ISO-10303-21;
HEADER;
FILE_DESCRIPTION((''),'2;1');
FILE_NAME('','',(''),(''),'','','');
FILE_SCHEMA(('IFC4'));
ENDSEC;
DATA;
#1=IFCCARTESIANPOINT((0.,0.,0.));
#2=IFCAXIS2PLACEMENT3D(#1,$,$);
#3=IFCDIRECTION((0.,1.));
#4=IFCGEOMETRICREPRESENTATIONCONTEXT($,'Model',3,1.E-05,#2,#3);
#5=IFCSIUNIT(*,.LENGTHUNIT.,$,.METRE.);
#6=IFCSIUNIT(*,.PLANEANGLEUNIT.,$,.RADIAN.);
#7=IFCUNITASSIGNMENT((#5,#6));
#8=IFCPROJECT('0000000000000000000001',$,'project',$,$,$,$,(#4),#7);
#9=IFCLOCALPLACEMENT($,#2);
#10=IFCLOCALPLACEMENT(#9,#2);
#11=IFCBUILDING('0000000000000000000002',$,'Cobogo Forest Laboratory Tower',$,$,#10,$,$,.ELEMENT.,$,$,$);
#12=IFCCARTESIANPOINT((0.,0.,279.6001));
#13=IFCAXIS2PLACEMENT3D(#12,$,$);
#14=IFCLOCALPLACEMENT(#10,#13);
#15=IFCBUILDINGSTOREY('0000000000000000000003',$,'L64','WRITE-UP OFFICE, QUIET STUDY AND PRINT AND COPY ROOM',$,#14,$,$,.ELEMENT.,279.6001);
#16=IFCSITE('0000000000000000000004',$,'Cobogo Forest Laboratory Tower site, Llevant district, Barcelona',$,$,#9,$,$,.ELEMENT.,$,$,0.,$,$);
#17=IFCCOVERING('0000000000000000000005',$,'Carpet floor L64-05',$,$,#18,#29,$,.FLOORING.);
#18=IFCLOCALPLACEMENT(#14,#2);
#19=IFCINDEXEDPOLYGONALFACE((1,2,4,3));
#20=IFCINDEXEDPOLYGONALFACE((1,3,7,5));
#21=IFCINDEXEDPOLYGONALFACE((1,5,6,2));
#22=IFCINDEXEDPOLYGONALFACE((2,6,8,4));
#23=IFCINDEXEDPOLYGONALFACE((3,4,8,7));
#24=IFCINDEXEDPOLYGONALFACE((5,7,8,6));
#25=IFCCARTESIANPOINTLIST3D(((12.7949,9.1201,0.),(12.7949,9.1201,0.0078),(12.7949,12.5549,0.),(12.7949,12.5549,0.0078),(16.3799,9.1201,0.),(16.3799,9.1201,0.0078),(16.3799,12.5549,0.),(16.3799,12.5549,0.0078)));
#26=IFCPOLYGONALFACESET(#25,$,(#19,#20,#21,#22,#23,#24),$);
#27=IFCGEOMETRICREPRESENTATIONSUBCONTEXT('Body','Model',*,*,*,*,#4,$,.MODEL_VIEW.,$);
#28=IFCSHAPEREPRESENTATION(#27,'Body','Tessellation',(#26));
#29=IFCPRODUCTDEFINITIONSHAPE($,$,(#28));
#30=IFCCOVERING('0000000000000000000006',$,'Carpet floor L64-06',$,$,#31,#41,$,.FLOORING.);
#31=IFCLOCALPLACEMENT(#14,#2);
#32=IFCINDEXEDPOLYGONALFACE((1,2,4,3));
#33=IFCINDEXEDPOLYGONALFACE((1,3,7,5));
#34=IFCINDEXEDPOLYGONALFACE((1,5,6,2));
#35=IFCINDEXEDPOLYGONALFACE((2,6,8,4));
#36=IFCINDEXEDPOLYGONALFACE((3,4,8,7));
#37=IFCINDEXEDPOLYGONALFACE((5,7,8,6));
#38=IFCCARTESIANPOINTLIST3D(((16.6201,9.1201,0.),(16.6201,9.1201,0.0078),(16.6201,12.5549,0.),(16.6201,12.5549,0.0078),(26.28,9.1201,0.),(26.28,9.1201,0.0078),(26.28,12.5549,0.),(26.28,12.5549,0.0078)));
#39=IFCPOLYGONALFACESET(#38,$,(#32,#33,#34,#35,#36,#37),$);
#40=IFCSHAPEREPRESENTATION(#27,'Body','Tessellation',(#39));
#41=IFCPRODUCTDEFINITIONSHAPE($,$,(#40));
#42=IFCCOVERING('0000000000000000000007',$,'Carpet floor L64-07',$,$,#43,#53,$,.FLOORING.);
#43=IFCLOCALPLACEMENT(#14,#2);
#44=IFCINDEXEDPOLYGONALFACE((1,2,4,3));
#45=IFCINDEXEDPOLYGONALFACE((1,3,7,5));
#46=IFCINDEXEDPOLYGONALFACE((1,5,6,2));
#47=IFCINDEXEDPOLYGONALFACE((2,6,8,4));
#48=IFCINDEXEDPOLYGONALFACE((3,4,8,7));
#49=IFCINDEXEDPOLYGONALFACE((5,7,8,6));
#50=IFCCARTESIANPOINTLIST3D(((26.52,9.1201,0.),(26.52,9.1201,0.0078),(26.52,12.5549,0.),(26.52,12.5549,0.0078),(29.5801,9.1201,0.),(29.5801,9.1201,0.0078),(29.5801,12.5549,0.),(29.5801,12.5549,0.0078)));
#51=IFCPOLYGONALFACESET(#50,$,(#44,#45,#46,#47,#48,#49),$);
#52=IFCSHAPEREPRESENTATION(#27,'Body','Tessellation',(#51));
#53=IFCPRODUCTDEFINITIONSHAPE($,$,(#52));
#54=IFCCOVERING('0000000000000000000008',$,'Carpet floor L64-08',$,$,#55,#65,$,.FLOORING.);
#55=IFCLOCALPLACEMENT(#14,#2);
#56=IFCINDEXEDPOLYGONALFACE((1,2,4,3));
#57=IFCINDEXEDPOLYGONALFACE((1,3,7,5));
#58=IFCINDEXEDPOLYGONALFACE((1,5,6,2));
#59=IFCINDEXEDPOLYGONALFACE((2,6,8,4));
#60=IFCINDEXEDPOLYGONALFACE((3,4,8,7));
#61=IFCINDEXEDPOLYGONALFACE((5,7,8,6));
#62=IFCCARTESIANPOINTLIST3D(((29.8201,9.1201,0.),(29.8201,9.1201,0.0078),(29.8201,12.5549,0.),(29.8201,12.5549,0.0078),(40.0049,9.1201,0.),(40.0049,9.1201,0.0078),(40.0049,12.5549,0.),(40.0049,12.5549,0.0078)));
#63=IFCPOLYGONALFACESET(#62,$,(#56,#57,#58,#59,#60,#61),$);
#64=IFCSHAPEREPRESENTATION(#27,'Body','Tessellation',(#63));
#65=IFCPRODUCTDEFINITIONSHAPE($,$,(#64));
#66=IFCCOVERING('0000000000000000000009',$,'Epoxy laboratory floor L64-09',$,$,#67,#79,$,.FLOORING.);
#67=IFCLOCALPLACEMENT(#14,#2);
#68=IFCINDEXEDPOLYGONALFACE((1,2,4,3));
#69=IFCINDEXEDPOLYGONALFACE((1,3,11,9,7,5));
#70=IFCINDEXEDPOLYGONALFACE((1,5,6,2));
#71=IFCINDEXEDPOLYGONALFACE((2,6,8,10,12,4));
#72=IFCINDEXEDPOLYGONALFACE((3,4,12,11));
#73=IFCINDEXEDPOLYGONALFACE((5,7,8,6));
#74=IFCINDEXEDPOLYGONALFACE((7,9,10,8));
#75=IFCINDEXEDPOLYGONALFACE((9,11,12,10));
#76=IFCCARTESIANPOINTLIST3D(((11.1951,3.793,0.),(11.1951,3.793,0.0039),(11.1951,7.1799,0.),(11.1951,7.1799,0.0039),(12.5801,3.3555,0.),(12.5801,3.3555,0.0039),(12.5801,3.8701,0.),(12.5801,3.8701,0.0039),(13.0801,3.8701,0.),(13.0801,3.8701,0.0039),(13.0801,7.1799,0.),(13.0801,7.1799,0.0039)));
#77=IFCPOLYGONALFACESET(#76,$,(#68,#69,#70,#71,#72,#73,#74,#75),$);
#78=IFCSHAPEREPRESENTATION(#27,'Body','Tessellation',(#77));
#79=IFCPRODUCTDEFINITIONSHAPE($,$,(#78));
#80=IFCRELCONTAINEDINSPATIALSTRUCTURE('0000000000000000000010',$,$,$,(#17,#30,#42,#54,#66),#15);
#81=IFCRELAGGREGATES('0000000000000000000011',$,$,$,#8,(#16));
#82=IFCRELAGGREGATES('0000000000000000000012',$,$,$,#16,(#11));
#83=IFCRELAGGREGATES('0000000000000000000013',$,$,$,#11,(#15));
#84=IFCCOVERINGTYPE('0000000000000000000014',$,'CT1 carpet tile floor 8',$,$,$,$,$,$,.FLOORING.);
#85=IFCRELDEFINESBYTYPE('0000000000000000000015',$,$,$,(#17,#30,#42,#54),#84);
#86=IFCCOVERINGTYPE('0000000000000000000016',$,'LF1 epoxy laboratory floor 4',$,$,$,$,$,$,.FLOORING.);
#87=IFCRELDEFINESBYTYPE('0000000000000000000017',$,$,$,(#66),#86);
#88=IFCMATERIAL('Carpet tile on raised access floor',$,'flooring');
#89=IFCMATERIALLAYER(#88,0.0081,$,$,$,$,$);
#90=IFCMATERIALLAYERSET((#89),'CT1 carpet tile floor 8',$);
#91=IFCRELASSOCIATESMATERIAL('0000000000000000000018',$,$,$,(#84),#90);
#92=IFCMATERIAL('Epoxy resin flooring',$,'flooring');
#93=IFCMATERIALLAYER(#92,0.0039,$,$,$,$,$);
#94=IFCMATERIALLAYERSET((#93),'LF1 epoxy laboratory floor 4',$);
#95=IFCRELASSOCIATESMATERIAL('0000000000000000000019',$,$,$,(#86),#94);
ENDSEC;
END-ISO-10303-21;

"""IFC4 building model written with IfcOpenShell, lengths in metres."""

from ifc_helpers import new_model, si_unit, direction, frame, origin, place, context, subcontext, project, spatial, polyline, outline, extrude, material, layer, layer_set, type_object, element, save


model = new_model("IFC4")

# Units and contexts
model_context = context("Model", 3, precision=1e-05, world=origin(), true_north=direction((0.0, 1.0)))
body_context = subcontext(model_context, "Body", "Model", "MODEL_VIEW")
ifc_project = project(units=[si_unit("LENGTHUNIT", "METRE"), si_unit("PLANEANGLEUNIT", "RADIAN")], contexts=[model_context])

# Site, building, storey
site_placement = place(None, origin())
site = spatial("IfcSite", under=ifc_project, at=site_placement, Name="Cobogo Forest Laboratory Tower site, Llevant district, Barcelona", CompositionType="ELEMENT", RefElevation=0.0)
building_placement = place(site_placement, origin())
building = spatial("IfcBuilding", under=site, at=building_placement, Name="Cobogo Forest Laboratory Tower", CompositionType="ELEMENT")
storey_placement = place(building_placement, frame((0.0, 0.0, 279.6001)))
storey = spatial("IfcBuildingStorey", under=building, at=storey_placement, Name="L64", Description="WRITE-UP OFFICE, QUIET STUDY AND PRINT AND COPY ROOM", CompositionType="ELEMENT", Elevation=279.6001)

# Coverings
ifc_material_1 = material(Name="Carpet tile on raised access floor", Category="flooring")
ifc_layer_1 = layer(ifc_material_1, 0.0081)
ifc_layer_set_1 = layer_set([ifc_layer_1], Name="CT1 carpet tile floor 8")
covering_type_1 = type_object("IfcCoveringType", Name="CT1 carpet tile floor 8", PredefinedType="FLOORING", material=ifc_layer_set_1)
covering_1_placement = place(storey_placement, origin())
element("IfcCovering", 1, at=covering_1_placement, inside=storey, type_object=covering_type_1, Name="Carpet floor L64-05", PredefinedType="FLOORING", context=body_context, shape_type="SweptSolid", body=[
    extrude(outline(polyline([(16.3799, 9.1201), (12.7949, 9.1201), (12.7949, 12.5549), (16.3799, 12.5549), (16.3799, 9.1201)])), origin(), (0.0, 0.0, 1.0), 0.0078),
])
covering_2_placement = place(storey_placement, origin())
element("IfcCovering", 2, at=covering_2_placement, inside=storey, type_object=covering_type_1, Name="Carpet floor L64-06", PredefinedType="FLOORING", context=body_context, shape_type="SweptSolid", body=[
    extrude(outline(polyline([(26.28, 9.1201), (16.6201, 9.1201), (16.6201, 12.5549), (26.28, 12.5549), (26.28, 9.1201)])), origin(), (0.0, 0.0, 1.0), 0.0078),
])
covering_3_placement = place(storey_placement, origin())
element("IfcCovering", 3, at=covering_3_placement, inside=storey, type_object=covering_type_1, Name="Carpet floor L64-07", PredefinedType="FLOORING", context=body_context, shape_type="SweptSolid", body=[
    extrude(outline(polyline([(29.5801, 9.1201), (26.52, 9.1201), (26.52, 12.5549), (29.5801, 12.5549), (29.5801, 9.1201)])), origin(), (0.0, 0.0, 1.0), 0.0078),
])
covering_4_placement = place(storey_placement, origin())
element("IfcCovering", 4, at=covering_4_placement, inside=storey, type_object=covering_type_1, Name="Carpet floor L64-08", PredefinedType="FLOORING", context=body_context, shape_type="SweptSolid", body=[
    extrude(outline(polyline([(40.0049, 9.1201), (29.8201, 9.1201), (29.8201, 12.5549), (40.0049, 12.5549), (40.0049, 9.1201)])), origin(), (0.0, 0.0, 1.0), 0.0078),
])
ifc_material_2 = material(Name="Epoxy resin flooring", Category="flooring")
ifc_layer_2 = layer(ifc_material_2, 0.0039)
ifc_layer_set_2 = layer_set([ifc_layer_2], Name="LF1 epoxy laboratory floor 4")
covering_type_2 = type_object("IfcCoveringType", Name="LF1 epoxy laboratory floor 4", PredefinedType="FLOORING", material=ifc_layer_set_2)
covering_5_placement = place(storey_placement, origin())
element("IfcCovering", 5, at=covering_5_placement, inside=storey, type_object=covering_type_2, Name="Epoxy laboratory floor L64-09", PredefinedType="FLOORING", context=body_context, shape_type="SweptSolid", body=[
    extrude(outline(polyline([(13.0801, 7.1799), (13.0801, 3.8701), (12.5801, 3.8701), (12.5801, 3.3555), (11.1951, 3.793), (11.1951, 7.1799), (13.0801, 7.1799)])), origin(), (0.0, 0.0, 1.0), 0.0039),
])

save(model, "model.ifc")
